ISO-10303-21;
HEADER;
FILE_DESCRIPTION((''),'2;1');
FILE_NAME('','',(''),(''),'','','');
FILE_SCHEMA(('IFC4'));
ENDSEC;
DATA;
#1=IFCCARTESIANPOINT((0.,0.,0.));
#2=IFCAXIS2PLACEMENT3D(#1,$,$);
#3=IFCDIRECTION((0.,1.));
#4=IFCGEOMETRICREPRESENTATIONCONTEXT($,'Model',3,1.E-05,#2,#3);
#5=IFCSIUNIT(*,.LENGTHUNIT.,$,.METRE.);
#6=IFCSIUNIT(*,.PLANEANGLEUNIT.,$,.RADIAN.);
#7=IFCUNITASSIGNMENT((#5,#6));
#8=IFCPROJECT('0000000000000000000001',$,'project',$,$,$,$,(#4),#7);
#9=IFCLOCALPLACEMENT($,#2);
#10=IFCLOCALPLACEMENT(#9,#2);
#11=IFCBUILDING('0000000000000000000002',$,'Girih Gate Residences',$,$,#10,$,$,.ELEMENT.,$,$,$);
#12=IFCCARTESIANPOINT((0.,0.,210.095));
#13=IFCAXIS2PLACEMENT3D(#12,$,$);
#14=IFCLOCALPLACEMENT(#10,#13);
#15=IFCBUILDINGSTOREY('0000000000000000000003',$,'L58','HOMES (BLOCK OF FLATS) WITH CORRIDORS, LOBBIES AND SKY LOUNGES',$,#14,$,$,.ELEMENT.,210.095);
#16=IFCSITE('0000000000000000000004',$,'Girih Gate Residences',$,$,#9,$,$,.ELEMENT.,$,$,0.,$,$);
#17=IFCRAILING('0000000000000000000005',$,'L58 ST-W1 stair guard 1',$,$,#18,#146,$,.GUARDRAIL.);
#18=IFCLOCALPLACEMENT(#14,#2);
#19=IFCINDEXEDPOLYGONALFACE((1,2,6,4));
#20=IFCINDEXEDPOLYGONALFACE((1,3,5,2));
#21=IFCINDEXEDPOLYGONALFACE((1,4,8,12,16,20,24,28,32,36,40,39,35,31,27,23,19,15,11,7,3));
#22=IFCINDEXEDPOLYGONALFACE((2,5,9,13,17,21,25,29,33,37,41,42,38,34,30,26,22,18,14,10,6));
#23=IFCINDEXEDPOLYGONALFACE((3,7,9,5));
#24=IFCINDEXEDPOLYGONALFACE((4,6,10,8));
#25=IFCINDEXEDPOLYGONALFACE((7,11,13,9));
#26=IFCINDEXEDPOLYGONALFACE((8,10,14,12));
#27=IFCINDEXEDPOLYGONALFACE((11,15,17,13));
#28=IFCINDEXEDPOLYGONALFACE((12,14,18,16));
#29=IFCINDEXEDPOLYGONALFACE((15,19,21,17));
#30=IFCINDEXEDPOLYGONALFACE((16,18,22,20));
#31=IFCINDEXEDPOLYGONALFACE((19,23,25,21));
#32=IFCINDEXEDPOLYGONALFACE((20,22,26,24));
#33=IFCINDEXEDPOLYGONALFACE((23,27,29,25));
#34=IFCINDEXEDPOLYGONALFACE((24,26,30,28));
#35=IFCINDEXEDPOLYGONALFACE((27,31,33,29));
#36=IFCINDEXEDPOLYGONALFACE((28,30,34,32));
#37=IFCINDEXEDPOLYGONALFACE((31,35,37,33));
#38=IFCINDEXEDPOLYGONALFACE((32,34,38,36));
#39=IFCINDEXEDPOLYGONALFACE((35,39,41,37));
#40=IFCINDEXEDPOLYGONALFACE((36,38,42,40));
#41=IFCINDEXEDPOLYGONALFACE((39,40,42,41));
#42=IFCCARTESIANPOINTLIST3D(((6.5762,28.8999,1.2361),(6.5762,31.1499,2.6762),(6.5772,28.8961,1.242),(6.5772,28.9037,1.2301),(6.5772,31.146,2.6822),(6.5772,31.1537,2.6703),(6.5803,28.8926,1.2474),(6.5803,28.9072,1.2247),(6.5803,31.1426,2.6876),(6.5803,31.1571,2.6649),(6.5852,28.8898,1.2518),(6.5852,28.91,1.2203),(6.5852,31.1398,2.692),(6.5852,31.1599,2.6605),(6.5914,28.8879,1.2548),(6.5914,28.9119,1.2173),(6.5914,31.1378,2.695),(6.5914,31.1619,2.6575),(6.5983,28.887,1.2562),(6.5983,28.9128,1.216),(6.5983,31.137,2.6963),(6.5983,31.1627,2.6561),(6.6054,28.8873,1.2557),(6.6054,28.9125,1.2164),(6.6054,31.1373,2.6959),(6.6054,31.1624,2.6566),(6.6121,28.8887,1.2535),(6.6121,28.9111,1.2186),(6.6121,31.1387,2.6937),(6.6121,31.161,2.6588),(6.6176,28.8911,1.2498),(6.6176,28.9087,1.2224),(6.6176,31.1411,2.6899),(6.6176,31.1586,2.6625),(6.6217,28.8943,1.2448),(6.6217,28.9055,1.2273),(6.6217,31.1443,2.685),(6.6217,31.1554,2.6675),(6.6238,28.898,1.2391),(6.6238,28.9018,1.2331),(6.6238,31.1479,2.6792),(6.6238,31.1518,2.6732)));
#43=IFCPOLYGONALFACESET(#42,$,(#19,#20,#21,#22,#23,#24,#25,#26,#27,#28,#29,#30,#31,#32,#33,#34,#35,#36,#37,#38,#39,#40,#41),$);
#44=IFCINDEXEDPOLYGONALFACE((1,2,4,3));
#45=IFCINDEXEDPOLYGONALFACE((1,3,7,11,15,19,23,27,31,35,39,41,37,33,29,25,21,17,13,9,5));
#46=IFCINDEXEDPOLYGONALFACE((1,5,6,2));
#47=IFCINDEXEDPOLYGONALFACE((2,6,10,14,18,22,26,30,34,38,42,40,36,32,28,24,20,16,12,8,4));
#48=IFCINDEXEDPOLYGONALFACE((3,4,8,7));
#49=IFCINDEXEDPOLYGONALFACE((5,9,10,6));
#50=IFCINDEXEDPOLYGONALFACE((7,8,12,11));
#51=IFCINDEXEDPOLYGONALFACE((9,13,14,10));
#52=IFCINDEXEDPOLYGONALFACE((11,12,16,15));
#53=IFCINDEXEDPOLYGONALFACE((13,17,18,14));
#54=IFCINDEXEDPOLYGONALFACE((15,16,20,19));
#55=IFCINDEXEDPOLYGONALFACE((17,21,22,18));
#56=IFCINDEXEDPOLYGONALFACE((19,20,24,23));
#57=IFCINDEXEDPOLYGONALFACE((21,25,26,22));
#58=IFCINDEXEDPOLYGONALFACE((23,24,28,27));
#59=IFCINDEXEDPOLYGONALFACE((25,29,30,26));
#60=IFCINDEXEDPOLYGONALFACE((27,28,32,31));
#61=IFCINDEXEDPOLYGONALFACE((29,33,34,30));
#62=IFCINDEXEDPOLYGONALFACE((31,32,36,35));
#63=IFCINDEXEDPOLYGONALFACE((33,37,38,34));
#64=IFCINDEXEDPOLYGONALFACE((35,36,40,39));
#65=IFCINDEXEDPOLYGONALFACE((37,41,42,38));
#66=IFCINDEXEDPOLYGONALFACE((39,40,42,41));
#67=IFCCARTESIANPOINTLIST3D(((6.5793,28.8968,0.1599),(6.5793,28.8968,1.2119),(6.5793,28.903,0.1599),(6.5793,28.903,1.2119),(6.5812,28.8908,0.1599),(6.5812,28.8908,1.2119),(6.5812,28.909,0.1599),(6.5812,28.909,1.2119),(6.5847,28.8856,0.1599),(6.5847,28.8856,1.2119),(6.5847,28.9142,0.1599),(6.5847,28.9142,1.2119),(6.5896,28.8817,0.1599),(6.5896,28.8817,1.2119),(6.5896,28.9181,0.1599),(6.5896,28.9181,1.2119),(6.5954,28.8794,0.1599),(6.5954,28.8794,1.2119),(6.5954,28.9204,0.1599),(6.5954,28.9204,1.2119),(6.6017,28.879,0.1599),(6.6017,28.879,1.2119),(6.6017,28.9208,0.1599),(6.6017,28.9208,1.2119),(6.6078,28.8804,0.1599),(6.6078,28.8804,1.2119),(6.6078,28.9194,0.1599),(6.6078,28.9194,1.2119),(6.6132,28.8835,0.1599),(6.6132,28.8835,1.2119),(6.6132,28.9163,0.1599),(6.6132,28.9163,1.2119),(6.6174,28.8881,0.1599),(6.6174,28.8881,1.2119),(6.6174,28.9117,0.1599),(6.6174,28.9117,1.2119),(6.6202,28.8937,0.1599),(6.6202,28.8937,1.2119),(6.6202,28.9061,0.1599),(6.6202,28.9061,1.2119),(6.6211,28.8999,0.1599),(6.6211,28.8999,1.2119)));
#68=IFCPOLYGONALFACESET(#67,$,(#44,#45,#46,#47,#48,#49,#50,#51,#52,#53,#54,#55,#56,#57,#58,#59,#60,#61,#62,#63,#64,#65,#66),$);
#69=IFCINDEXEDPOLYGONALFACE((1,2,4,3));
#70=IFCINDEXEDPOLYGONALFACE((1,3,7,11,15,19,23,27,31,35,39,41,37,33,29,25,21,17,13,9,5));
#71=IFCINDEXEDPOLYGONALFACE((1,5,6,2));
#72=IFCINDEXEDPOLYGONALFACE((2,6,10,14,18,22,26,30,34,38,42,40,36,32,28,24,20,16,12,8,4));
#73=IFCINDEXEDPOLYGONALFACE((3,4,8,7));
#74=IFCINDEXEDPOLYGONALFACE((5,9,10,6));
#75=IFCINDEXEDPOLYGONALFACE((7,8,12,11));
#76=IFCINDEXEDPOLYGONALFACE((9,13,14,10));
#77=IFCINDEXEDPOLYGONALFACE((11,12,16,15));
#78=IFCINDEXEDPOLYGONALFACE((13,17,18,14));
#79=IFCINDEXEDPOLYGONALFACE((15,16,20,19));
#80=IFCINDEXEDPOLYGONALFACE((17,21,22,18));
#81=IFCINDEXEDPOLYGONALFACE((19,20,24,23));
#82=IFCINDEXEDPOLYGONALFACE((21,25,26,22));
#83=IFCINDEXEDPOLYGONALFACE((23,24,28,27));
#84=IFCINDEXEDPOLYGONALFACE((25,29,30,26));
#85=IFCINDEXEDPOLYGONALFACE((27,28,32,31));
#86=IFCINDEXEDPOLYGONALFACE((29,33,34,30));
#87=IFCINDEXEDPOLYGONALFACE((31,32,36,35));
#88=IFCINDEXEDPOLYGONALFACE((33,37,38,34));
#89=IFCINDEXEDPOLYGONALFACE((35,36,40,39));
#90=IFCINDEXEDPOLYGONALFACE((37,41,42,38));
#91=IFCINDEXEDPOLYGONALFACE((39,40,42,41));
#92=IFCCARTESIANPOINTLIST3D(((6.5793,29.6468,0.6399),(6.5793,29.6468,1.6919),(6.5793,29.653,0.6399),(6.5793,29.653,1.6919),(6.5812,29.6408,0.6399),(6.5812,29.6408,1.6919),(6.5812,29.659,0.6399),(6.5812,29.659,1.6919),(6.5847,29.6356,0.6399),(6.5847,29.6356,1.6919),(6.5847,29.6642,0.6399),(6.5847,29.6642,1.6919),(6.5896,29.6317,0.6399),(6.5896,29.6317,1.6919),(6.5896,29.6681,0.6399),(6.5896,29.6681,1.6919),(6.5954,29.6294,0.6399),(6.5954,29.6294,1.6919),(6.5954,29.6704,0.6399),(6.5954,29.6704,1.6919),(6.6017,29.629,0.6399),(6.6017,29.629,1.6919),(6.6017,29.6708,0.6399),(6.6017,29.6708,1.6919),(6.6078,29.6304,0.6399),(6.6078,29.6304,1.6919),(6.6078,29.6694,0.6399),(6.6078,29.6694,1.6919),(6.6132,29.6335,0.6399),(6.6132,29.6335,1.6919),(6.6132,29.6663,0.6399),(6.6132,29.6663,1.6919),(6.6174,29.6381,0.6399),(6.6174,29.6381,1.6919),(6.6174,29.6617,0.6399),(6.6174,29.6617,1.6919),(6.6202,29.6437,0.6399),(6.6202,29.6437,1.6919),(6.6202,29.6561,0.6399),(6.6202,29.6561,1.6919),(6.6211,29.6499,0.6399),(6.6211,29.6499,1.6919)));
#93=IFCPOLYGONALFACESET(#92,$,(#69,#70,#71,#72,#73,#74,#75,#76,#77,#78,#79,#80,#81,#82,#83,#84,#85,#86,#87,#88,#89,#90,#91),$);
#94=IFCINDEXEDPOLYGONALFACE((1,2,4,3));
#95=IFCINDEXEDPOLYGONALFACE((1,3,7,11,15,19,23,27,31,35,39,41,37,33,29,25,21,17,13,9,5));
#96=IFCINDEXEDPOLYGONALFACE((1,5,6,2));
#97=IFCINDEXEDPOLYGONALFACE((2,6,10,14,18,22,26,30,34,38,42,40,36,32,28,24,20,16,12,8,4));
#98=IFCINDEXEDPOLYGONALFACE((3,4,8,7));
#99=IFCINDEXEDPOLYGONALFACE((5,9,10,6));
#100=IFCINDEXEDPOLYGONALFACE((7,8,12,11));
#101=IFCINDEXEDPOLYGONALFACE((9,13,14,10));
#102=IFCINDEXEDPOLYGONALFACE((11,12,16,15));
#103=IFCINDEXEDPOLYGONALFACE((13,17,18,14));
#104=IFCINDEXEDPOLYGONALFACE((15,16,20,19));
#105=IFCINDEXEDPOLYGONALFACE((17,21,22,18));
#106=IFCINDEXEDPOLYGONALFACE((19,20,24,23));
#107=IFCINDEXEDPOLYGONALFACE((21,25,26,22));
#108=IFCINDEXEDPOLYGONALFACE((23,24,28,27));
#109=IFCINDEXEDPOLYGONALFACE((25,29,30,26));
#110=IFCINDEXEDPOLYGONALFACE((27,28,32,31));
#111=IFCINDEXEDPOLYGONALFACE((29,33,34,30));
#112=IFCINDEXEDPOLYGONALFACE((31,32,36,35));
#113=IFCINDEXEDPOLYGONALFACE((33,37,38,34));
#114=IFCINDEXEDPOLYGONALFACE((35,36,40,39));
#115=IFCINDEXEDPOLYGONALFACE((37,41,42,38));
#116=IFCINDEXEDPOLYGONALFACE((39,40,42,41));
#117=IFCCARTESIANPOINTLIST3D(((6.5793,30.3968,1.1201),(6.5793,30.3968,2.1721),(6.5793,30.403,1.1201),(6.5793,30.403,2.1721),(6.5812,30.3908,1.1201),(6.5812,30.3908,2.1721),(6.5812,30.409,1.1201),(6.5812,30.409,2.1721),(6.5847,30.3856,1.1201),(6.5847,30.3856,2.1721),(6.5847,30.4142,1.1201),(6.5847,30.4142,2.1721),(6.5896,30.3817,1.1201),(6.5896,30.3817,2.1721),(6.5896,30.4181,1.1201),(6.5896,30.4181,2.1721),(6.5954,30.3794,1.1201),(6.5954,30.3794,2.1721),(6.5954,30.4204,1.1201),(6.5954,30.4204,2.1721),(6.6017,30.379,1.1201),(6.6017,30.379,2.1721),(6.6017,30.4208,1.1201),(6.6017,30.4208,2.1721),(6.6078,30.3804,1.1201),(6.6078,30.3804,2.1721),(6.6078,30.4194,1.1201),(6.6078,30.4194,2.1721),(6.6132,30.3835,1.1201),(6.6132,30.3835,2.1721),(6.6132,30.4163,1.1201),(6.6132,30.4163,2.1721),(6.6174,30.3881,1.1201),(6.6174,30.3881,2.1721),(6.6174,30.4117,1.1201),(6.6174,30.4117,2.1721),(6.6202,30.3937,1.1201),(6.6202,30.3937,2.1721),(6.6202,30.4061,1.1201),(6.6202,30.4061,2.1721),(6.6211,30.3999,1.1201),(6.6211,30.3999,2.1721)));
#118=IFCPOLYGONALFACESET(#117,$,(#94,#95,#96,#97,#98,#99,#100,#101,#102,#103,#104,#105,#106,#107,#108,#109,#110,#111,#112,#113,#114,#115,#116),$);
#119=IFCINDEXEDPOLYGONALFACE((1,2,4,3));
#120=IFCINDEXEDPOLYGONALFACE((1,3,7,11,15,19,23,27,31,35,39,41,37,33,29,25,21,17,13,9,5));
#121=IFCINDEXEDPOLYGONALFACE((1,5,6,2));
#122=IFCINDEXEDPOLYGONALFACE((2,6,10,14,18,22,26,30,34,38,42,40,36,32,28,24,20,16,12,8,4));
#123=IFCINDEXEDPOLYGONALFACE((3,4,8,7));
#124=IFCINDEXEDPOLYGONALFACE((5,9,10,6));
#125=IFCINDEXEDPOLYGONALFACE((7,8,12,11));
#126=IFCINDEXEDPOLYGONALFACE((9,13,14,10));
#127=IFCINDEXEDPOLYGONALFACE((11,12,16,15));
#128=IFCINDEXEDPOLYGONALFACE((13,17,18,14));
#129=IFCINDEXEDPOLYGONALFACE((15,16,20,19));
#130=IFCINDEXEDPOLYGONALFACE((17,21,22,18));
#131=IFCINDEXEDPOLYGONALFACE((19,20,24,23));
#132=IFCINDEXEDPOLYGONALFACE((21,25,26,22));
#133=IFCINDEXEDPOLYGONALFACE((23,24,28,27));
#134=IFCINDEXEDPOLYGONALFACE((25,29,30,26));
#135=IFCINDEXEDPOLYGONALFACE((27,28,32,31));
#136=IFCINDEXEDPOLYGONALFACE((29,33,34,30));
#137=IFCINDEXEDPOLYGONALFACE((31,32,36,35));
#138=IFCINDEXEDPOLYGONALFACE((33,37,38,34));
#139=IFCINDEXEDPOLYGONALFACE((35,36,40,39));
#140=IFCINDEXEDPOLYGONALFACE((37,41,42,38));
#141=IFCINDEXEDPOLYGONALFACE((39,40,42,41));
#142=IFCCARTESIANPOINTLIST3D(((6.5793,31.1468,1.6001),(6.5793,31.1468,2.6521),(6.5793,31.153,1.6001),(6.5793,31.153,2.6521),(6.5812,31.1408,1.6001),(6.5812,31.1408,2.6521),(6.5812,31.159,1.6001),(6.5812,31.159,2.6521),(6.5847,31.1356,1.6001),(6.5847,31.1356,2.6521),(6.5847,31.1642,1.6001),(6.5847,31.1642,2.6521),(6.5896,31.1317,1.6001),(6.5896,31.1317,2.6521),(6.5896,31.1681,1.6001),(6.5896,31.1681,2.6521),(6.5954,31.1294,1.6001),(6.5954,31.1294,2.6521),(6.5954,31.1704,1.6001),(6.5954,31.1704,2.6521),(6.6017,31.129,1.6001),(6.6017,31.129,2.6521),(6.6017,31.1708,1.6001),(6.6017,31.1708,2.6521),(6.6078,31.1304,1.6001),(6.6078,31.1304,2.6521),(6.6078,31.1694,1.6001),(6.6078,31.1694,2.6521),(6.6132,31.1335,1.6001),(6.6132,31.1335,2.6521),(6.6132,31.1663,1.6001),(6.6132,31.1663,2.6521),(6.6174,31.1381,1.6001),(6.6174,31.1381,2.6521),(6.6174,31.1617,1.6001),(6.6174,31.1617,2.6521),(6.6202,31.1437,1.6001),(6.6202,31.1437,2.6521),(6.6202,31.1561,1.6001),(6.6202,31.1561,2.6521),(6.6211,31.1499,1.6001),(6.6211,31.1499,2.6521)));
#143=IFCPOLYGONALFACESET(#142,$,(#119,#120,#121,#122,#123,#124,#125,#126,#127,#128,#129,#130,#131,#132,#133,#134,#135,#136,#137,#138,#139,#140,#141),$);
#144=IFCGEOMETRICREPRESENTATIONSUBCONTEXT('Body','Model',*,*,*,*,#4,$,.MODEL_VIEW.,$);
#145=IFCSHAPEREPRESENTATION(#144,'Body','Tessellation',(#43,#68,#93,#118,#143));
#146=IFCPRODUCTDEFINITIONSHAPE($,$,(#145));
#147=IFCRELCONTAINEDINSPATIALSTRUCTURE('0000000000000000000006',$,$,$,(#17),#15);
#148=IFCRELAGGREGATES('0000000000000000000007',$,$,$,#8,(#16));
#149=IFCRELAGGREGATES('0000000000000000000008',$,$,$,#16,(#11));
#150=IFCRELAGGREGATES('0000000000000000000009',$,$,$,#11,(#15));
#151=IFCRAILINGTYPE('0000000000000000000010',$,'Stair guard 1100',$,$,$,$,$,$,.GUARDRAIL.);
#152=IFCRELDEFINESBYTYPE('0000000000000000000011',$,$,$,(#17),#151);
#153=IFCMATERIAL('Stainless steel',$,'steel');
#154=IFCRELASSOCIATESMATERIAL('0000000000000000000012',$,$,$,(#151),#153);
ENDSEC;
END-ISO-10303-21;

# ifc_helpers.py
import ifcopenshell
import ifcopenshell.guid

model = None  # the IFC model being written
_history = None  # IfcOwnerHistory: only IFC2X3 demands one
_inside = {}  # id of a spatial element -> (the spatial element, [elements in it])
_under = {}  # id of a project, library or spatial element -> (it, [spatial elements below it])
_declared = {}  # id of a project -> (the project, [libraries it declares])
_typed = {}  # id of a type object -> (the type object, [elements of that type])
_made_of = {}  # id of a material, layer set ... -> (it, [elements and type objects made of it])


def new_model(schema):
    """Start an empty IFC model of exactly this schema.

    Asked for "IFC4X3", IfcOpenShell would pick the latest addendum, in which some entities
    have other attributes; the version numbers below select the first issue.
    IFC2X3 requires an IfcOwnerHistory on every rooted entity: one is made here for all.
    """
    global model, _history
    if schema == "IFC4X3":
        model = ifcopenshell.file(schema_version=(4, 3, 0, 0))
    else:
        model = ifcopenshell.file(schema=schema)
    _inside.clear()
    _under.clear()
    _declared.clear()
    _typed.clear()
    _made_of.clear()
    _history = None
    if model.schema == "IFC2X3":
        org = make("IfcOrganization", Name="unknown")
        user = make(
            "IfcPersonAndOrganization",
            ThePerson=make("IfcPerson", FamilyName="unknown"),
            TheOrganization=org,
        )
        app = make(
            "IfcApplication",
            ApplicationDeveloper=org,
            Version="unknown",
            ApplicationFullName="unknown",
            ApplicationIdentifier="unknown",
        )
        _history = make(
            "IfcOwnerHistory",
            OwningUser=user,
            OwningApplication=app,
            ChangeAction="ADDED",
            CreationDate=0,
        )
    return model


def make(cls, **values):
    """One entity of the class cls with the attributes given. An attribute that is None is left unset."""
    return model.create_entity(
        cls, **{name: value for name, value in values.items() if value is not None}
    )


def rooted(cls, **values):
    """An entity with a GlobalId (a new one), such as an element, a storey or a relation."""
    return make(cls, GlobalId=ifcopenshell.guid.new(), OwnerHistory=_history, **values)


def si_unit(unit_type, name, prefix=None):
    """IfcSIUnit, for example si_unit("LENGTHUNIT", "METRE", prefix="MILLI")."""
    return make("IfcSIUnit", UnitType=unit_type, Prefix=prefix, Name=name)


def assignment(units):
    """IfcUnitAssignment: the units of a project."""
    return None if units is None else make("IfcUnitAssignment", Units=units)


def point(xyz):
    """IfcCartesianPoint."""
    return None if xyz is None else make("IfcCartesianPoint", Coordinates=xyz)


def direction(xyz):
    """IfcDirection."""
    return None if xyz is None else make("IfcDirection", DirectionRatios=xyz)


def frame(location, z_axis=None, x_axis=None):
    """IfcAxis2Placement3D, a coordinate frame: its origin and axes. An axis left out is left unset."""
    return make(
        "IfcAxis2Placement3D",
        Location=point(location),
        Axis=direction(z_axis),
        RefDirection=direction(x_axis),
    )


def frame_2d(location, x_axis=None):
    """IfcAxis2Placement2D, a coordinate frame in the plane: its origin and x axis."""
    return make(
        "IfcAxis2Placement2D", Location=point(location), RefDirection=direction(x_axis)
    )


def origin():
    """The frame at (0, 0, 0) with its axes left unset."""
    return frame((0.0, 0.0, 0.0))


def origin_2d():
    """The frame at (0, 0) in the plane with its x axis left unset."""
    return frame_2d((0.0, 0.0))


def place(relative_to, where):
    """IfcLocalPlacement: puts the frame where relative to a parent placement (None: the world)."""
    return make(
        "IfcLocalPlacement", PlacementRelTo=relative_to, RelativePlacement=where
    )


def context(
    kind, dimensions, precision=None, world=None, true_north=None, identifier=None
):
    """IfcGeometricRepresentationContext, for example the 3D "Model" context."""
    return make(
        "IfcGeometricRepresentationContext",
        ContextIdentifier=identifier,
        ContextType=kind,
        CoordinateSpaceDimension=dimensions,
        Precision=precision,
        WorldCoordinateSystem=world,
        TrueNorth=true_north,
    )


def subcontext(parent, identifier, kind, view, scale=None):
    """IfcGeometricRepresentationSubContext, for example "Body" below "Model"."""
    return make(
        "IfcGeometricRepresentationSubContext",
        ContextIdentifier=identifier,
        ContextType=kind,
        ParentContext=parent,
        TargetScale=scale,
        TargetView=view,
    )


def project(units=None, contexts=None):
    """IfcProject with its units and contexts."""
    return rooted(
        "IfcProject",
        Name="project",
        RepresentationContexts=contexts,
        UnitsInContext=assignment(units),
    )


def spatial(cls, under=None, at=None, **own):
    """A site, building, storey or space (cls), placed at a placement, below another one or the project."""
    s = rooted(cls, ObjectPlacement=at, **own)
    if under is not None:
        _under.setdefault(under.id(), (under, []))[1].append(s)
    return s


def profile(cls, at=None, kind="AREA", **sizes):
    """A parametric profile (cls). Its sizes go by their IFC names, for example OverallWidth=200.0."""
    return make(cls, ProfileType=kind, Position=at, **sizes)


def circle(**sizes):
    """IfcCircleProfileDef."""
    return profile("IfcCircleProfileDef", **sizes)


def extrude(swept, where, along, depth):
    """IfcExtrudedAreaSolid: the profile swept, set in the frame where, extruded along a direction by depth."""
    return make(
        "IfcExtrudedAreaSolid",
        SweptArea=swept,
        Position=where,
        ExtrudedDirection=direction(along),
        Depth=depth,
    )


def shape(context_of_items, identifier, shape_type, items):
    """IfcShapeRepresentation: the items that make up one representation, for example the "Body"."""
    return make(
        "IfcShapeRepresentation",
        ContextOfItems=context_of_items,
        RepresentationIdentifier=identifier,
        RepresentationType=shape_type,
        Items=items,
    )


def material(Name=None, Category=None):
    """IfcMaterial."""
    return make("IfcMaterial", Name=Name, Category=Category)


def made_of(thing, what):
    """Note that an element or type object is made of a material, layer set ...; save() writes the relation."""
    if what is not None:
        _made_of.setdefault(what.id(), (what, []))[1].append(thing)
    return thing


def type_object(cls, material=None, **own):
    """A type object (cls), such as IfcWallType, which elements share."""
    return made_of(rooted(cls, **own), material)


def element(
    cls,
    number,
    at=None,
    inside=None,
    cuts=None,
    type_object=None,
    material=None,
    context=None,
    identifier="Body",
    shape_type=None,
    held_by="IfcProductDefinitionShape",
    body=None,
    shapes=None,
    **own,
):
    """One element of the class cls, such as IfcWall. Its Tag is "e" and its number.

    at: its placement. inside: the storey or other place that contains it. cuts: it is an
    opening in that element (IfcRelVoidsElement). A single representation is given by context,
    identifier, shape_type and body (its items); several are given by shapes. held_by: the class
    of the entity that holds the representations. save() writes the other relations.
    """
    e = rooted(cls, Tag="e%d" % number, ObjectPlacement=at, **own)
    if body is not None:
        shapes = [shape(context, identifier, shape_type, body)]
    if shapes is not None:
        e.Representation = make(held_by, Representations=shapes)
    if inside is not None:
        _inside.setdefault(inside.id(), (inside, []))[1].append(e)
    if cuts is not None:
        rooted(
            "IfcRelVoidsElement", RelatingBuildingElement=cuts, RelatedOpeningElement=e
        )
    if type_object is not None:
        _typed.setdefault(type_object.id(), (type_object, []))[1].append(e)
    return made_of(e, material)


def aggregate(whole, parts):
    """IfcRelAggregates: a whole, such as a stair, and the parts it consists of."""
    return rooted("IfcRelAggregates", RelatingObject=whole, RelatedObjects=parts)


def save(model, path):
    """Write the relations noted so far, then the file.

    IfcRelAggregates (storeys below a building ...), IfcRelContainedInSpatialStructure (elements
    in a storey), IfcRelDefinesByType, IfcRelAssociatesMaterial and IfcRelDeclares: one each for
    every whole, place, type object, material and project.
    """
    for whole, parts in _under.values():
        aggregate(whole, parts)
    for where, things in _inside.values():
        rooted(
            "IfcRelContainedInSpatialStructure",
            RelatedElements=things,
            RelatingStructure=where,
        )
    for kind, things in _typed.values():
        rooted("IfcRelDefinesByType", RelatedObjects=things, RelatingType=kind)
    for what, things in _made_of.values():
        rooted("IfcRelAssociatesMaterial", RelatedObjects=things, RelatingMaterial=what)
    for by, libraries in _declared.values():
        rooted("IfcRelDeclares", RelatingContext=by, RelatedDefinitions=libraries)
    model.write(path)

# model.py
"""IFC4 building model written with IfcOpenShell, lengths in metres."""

from ifc_helpers import new_model, si_unit, direction, frame, origin, origin_2d, place, context, subcontext, project, spatial, circle, extrude, material, type_object, element, save


model = new_model("IFC4")

# Units and contexts
model_context = context("Model", 3, precision=1e-05, world=origin(), true_north=direction((0.0, 1.0)))
body_context = subcontext(model_context, "Body", "Model", "MODEL_VIEW")
ifc_project = project(units=[si_unit("LENGTHUNIT", "METRE"), si_unit("PLANEANGLEUNIT", "RADIAN")], contexts=[model_context])

# Site, building, storey
site_placement = place(None, origin())
site = spatial("IfcSite", under=ifc_project, at=site_placement, Name="Girih Gate Residences", CompositionType="ELEMENT", RefElevation=0.0)
building_placement = place(site_placement, origin())
building = spatial("IfcBuilding", under=site, at=building_placement, Name="Girih Gate Residences", CompositionType="ELEMENT")
storey_placement = place(building_placement, frame((0.0, 0.0, 210.095)))
storey = spatial("IfcBuildingStorey", under=building, at=storey_placement, Name="L58", Description="HOMES (BLOCK OF FLATS) WITH CORRIDORS, LOBBIES AND SKY LOUNGES", CompositionType="ELEMENT", Elevation=210.095)

# Railing
ifc_material_1 = material(Name="Stainless steel", Category="steel")
railing_type_1 = type_object("IfcRailingType", Name="Stair guard 1100", PredefinedType="GUARDRAIL", material=ifc_material_1)
for number, where, name in (
    (1, (6.6001, 28.8999, 0.1599), "L58 ST-W1 stair guard 1"),
):
    element("IfcRailing", number, at=place(storey_placement, frame(where)), inside=storey, type_object=railing_type_1, Name=name, PredefinedType="GUARDRAIL", context=body_context, shape_type="SweptSolid", body=[
        extrude(circle(Radius=0.0239, at=origin_2d()), frame((0.0, 0.0, 1.0762), z_axis=(0.0, 0.84224, 0.539103), x_axis=(-1.0, 0.0, 0.0)), (0.0, 0.0, 1.0), 2.6714),
        extrude(circle(Radius=0.021, at=origin_2d()), origin(), (0.0, 0.0, 1.0), 1.052),
        extrude(circle(Radius=0.021, at=origin_2d()), frame((0.0, 0.75, 0.48)), (0.0, 0.0, 1.0), 1.052),
        extrude(circle(Radius=0.021, at=origin_2d()), frame((0.0, 1.5, 0.9602)), (0.0, 0.0, 1.0), 1.052),
        extrude(circle(Radius=0.021, at=origin_2d()), frame((0.0, 2.25, 1.4402)), (0.0, 0.0, 1.0), 1.052),
    ])

save(model, "model.ifc")
